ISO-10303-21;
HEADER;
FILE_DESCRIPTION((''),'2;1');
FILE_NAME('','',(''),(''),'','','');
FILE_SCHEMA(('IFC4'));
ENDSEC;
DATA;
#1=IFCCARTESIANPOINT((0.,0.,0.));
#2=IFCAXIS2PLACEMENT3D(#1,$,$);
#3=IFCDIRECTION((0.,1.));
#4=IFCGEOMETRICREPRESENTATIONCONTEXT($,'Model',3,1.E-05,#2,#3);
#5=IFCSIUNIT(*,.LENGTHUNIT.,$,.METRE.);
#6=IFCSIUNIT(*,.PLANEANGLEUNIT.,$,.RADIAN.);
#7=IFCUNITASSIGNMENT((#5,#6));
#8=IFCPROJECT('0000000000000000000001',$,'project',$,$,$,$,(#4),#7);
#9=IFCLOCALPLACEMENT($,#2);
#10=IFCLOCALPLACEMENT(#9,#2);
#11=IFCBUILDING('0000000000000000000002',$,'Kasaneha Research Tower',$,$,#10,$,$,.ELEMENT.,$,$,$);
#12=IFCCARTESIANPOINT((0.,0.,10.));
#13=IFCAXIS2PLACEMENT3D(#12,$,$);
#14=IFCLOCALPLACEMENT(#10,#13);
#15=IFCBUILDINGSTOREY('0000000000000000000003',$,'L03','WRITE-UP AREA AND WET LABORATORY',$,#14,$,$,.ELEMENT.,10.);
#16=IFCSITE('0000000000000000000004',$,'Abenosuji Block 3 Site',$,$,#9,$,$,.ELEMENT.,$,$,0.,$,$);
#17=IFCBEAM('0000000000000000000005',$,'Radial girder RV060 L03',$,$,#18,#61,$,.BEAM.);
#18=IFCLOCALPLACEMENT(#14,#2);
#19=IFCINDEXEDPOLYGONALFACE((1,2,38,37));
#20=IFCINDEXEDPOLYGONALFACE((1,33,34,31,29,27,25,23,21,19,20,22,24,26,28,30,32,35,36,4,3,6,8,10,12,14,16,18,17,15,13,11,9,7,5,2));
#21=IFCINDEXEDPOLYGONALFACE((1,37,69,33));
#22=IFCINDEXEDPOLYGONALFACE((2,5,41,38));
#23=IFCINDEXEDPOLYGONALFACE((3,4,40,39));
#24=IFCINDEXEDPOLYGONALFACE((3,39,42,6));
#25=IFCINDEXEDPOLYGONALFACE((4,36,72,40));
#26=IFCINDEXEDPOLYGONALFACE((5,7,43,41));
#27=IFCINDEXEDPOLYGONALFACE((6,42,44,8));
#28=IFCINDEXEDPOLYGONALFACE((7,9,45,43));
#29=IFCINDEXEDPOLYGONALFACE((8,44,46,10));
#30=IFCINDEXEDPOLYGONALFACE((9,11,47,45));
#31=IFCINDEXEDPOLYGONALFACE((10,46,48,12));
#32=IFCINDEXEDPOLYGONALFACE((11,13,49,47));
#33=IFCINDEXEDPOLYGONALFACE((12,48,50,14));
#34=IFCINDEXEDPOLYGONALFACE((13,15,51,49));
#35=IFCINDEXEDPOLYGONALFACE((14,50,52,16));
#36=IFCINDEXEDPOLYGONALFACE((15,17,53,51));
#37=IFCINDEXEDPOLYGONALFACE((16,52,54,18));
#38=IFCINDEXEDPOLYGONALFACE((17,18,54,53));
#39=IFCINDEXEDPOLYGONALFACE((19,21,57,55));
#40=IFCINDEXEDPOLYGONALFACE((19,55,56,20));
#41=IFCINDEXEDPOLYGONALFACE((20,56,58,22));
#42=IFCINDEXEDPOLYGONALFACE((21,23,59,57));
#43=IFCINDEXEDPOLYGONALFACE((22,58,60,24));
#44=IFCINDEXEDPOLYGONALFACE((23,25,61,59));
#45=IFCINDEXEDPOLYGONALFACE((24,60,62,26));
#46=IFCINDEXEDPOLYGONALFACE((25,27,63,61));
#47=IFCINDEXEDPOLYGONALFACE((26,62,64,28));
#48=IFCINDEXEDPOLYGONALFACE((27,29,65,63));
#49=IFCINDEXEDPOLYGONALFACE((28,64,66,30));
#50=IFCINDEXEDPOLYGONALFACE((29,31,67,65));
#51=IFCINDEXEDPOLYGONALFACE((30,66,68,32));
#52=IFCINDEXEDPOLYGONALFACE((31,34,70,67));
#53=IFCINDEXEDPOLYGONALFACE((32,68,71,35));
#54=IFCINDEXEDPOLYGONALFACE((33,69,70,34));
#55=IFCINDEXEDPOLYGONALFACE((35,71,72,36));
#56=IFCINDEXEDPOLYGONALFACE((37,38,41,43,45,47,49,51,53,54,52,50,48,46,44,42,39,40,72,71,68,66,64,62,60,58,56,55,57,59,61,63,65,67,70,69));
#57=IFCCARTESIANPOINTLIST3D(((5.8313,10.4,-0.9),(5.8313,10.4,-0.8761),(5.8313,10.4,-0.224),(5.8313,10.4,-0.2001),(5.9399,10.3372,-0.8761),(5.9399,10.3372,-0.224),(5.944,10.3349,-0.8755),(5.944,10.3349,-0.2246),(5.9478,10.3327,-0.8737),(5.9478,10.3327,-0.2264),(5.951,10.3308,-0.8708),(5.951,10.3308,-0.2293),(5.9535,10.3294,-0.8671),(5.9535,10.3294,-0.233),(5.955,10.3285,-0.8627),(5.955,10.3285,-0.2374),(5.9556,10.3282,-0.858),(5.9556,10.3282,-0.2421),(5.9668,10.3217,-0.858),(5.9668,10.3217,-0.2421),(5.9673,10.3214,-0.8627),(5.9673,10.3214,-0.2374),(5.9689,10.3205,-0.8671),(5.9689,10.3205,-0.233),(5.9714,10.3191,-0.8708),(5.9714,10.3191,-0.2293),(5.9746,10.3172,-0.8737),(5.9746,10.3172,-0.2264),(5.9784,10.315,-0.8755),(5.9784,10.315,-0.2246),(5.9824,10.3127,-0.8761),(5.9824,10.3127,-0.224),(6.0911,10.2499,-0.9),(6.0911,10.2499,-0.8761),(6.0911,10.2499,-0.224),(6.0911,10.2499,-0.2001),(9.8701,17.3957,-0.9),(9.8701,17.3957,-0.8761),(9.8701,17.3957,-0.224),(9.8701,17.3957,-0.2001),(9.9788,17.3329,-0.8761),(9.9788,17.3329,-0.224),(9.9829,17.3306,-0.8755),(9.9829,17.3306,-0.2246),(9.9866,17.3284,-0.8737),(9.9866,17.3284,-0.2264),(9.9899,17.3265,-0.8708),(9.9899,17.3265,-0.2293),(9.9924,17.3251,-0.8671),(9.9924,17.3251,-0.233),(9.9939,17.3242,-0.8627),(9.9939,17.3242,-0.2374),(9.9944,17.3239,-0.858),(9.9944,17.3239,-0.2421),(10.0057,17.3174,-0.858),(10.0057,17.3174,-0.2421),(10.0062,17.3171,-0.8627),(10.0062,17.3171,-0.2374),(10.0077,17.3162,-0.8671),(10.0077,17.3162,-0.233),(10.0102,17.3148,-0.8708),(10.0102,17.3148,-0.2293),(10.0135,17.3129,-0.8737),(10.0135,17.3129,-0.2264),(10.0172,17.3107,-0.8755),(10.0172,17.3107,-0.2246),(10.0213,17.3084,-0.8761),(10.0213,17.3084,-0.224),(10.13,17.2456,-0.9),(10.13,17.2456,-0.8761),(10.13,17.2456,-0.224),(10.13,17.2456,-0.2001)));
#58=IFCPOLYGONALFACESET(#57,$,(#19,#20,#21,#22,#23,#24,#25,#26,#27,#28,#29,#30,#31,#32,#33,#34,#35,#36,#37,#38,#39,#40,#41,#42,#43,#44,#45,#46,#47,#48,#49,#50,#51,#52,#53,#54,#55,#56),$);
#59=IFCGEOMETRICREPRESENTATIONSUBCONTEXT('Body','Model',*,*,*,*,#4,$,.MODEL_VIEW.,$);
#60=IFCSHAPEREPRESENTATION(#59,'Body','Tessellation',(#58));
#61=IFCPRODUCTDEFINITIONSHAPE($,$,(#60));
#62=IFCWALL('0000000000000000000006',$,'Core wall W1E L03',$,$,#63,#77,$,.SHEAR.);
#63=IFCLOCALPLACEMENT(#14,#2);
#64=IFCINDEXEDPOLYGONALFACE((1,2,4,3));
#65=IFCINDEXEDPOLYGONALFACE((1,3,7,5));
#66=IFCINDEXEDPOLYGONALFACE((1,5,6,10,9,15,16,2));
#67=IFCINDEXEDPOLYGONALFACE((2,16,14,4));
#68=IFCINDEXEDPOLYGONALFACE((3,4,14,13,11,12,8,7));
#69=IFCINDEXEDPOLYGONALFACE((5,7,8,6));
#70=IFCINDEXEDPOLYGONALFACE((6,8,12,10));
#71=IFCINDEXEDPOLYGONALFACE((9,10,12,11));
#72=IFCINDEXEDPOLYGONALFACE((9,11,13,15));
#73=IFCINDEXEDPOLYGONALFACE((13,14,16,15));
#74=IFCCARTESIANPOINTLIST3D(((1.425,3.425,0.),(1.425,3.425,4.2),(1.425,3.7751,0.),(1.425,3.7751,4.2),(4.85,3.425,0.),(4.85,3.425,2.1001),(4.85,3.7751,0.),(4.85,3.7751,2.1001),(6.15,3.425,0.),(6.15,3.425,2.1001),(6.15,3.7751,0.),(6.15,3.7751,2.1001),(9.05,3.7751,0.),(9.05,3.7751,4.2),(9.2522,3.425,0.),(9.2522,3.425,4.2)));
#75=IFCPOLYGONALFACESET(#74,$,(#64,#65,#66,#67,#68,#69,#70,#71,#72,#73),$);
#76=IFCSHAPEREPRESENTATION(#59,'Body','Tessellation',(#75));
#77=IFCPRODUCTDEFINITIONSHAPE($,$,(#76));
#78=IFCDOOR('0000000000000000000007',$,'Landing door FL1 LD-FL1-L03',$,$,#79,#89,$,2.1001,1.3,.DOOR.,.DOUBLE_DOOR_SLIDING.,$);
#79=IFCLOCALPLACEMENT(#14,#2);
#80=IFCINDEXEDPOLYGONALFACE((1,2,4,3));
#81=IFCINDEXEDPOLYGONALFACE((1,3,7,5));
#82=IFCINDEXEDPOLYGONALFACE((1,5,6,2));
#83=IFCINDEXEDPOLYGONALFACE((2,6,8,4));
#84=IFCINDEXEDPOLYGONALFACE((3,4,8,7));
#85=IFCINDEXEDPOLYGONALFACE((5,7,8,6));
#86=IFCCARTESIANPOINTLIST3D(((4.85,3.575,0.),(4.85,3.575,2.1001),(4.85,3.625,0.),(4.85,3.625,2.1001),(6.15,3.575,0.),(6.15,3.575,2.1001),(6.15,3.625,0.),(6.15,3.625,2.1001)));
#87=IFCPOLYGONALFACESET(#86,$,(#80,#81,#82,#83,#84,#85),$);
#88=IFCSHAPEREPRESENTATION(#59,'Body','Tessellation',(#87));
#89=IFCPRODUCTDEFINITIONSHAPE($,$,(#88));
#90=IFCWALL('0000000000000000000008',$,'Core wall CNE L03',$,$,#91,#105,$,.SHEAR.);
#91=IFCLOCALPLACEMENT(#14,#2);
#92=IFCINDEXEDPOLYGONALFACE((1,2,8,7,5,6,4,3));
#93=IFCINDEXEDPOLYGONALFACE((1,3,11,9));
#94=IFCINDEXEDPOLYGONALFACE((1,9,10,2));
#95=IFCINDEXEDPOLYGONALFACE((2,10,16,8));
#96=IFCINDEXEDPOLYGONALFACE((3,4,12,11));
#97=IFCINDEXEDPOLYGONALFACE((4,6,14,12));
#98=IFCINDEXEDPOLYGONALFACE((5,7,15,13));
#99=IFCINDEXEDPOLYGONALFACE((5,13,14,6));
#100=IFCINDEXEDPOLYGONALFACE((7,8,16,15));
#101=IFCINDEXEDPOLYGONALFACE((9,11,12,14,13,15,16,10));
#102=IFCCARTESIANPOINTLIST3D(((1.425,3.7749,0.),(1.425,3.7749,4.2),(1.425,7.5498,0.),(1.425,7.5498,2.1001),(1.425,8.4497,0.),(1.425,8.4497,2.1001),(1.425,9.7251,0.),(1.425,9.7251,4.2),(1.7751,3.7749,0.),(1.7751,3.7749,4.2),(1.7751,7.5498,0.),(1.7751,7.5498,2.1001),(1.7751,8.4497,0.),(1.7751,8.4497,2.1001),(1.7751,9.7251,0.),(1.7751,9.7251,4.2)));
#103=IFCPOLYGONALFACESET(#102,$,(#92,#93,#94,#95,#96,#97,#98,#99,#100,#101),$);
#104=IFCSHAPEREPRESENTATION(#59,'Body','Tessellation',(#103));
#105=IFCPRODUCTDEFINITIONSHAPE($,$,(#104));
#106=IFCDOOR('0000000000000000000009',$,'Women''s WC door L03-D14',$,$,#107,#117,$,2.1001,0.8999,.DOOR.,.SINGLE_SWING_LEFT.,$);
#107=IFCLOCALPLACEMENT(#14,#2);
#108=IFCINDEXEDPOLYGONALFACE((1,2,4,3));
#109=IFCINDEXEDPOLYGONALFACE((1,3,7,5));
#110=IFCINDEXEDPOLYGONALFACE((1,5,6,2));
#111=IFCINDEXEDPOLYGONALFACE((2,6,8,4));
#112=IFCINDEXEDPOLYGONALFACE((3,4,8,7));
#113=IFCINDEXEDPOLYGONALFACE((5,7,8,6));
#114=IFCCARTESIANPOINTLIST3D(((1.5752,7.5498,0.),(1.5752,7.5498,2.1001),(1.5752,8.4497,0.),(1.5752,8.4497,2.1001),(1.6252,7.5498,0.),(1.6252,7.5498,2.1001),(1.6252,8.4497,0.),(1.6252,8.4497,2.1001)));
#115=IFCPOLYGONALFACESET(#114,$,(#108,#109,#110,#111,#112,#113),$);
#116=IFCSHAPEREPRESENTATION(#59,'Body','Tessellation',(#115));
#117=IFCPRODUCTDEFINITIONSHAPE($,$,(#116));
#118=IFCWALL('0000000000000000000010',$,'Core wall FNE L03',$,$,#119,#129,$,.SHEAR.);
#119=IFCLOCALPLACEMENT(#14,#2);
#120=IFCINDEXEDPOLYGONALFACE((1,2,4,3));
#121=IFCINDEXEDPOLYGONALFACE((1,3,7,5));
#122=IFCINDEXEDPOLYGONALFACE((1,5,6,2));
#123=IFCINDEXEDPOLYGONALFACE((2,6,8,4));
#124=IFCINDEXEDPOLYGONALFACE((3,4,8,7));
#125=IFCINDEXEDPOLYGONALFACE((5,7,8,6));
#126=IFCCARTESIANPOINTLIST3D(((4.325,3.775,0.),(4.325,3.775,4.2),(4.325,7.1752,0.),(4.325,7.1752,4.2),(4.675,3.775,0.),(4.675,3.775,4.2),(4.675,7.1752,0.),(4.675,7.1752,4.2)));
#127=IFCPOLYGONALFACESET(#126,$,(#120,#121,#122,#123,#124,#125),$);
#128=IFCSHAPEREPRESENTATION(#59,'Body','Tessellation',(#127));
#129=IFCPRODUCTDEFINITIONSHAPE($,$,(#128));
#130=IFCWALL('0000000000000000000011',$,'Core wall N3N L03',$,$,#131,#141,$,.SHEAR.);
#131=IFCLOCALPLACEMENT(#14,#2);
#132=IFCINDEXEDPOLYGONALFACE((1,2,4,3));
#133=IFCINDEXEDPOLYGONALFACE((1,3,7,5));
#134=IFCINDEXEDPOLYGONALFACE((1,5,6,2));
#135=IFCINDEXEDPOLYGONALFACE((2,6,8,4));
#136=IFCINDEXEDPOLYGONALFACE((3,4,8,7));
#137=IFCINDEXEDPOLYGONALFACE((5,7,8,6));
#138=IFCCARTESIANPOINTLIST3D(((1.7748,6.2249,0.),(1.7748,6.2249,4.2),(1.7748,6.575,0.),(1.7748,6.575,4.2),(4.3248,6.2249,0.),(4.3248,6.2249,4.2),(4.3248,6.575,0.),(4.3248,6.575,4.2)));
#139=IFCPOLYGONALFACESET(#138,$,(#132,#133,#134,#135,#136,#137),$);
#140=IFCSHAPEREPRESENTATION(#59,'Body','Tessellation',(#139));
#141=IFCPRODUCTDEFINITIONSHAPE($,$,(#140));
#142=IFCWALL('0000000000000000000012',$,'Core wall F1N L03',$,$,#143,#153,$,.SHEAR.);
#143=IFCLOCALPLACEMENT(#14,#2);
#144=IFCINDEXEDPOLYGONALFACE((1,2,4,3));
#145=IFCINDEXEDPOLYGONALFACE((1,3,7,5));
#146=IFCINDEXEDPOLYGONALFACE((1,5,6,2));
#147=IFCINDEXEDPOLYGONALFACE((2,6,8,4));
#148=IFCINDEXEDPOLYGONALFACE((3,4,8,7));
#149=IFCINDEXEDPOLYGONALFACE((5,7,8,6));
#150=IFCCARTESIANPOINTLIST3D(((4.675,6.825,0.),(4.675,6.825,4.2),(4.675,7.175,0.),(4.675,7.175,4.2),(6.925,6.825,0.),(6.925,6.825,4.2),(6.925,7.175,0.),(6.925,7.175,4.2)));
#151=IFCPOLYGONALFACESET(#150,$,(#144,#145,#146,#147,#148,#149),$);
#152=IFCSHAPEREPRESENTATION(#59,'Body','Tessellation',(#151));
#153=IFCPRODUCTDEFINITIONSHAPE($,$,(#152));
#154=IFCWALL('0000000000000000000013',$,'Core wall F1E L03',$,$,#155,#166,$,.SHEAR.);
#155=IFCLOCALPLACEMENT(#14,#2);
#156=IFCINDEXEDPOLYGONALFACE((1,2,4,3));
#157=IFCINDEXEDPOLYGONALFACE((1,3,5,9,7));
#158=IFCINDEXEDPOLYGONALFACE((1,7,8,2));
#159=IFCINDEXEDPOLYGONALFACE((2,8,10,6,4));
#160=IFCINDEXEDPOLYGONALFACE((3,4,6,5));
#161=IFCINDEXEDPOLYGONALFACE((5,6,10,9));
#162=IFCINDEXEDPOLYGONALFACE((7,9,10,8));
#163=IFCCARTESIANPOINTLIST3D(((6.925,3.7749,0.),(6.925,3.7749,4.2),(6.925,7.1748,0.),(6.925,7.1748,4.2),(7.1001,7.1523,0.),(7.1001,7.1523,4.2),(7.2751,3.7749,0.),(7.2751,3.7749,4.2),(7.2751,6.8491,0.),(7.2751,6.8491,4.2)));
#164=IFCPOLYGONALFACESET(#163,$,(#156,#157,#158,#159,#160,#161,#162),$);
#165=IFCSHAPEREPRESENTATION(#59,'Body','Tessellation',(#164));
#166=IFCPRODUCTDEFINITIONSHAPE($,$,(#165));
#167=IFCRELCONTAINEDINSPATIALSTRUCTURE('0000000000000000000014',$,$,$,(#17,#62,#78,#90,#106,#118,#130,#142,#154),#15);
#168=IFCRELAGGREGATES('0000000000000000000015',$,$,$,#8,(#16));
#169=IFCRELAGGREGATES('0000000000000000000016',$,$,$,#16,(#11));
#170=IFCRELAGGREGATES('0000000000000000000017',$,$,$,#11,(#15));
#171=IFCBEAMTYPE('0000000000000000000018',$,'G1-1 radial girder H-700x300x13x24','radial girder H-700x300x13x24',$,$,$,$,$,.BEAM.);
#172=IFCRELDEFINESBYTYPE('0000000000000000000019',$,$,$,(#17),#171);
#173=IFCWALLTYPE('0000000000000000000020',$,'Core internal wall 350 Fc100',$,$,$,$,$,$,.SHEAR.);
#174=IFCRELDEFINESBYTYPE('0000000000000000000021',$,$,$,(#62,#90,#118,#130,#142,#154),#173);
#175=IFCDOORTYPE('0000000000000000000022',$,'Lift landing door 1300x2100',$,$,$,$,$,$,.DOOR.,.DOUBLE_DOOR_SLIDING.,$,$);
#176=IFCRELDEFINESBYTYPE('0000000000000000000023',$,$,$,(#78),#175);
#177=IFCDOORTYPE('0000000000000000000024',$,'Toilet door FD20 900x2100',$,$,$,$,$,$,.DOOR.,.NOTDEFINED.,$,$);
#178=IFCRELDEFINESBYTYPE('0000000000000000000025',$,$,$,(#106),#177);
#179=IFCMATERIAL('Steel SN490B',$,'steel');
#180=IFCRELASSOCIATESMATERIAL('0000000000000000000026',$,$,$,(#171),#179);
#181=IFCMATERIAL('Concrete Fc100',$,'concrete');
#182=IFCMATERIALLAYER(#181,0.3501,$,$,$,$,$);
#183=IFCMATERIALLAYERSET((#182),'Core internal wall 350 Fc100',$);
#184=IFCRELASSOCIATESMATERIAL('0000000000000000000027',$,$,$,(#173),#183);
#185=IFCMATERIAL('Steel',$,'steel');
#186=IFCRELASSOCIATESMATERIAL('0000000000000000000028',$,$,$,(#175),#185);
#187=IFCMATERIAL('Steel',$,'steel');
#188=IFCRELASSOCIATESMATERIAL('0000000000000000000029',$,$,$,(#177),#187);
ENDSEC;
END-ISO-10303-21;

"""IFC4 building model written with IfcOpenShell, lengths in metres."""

from ifc_helpers import new_model, si_unit, direction, frame, frame_2d, origin, origin_2d, place, context, subcontext, project, spatial, polyline, rectangle, i_section, outline, extrude, material, layer, layer_set, material_profile, profile_set, type_object, element, fill, save


model = new_model("IFC4")

# Units and contexts
model_context = context("Model", 3, precision=1e-05, world=origin(), true_north=direction((0.0, 1.0)))
body_context = subcontext(model_context, "Body", "Model", "MODEL_VIEW")
ifc_project = project(units=[si_unit("LENGTHUNIT", "METRE"), si_unit("PLANEANGLEUNIT", "RADIAN")], contexts=[model_context])

# Site, building, storey
site_placement = place(None, origin())
site = spatial("IfcSite", under=ifc_project, at=site_placement, Name="Abenosuji Block 3 Site", CompositionType="ELEMENT", RefElevation=0.0)
building_placement = place(site_placement, origin())
building = spatial("IfcBuilding", under=site, at=building_placement, Name="Kasaneha Research Tower", CompositionType="ELEMENT")
storey_placement = place(building_placement, frame((0.0, 0.0, 10.0)))
storey = spatial("IfcBuildingStorey", under=building, at=storey_placement, Name="L03", Description="WRITE-UP AREA AND WET LABORATORY", CompositionType="ELEMENT", Elevation=10.0)

# Beam
ifc_material_1 = material(Name="Steel SN490B", Category="steel")
ifc_material_profile = material_profile(ifc_material_1, i_section(OverallWidth=0.3, OverallDepth=0.7, WebThickness=0.0129, FlangeThickness=0.0239, FilletRadius=0.0181, at=origin_2d()), Name="H-700x300x13x24")
ifc_profile_set = profile_set([ifc_material_profile], Name="Steel SN490B")
beam_type = type_object("IfcBeamType", Name="G1-1 radial girder H-700x300x13x24", Description="radial girder H-700x300x13x24", PredefinedType="BEAM", material=ifc_profile_set)
beam_placement = place(storey_placement, frame((5.9612, 10.325, -0.55), z_axis=(0.499991, 0.866031, 0.0), x_axis=(-0.866031, 0.499991, 0.0)))
element("IfcBeam", 1, at=beam_placement, inside=storey, type_object=beam_type, Name="Radial girder RV060 L03", PredefinedType="BEAM", context=body_context, shape_type="SweptSolid", body=[
    extrude(i_section(OverallWidth=0.3, OverallDepth=0.7, WebThickness=0.0129, FlangeThickness=0.0239, FilletRadius=0.0181, at=origin_2d()), origin(), (0.0, 0.0, 1.0), 8.0779),
])

# Walls, openings, doors
ifc_material_2 = material(Name="Concrete Fc100", Category="concrete")
ifc_layer_1 = layer(ifc_material_2, 0.3501)
ifc_layer_set_1 = layer_set([ifc_layer_1], Name="Core internal wall 350 Fc100")
wall_type_1 = type_object("IfcWallType", Name="Core internal wall 350 Fc100", PredefinedType="SHEAR", material=ifc_layer_set_1)
wall_1_placement = place(storey_placement, frame((1.425, 3.6001, 0.0), z_axis=(0.0, 0.0, 1.0), x_axis=(1.0, 0.0, 0.0)))
wall_1 = element("IfcWall", 2, at=wall_1_placement, inside=storey, type_object=wall_type_1, Name="Core wall W1E L03", PredefinedType="SHEAR", context=body_context, shape_type="SweptSolid", body=[
    extrude(outline(polyline([(0.0, -0.175), (3.425, -0.175), (4.7251, -0.175), (7.8271, -0.175), (7.625, 0.175), (4.7251, 0.175), (3.425, 0.175), (0.0, 0.175), (0.0, -0.175)])), origin(), (0.0, 0.0, 1.0), 4.2),
])
opening_1_placement = place(wall_1_placement, frame((3.425, 0.0, 0.0)))
opening_1 = element("IfcOpeningElement", 3, at=opening_1_placement, cuts=wall_1, PredefinedType="OPENING", context=body_context, shape_type="SweptSolid", body=[
    extrude(rectangle(XDim=1.3, YDim=2.1001, at=frame_2d((0.6499, 1.05))), frame((0.0, 0.1851, 0.0), z_axis=(0.0, -1.0, 0.0), x_axis=(1.0, 0.0, 0.0)), (0.0, 0.0, 1.0), 0.3701),
])
ifc_material_3 = material(Name="Steel", Category="steel")
door_type_1 = type_object("IfcDoorType", Name="Lift landing door 1300x2100", OperationType="DOUBLE_DOOR_SLIDING", PredefinedType="DOOR", material=ifc_material_3)
door_1_placement = place(opening_1_placement, origin())
door_1 = element("IfcDoor", 4, at=door_1_placement, inside=storey, type_object=door_type_1, Name="Landing door FL1 LD-FL1-L03", OperationType="DOUBLE_DOOR_SLIDING", OverallHeight=2.1001, OverallWidth=1.3, PredefinedType="DOOR", context=body_context, shape_type="SweptSolid", body=[
    extrude(rectangle(XDim=1.3, YDim=2.1001, at=frame_2d((0.6499, 1.05))), frame((0.0, 0.0249, 0.0), z_axis=(0.0, -1.0, 0.0), x_axis=(1.0, 0.0, 0.0)), (0.0, 0.0, 1.0), 0.05),
])
fill(opening_1, door_1)
wall_2_placement = place(storey_placement, frame((1.6001, 3.7749, 0.0), z_axis=(0.0, 0.0, 1.0), x_axis=(0.0, 1.0, 0.0)))
wall_2 = element("IfcWall", 5, at=wall_2_placement, inside=storey, type_object=wall_type_1, Name="Core wall CNE L03", PredefinedType="SHEAR", context=body_context, shape_type="SweptSolid", body=[
    extrude(rectangle(XDim=5.9502, YDim=0.3501, at=frame_2d((2.9751, 0.0))), origin(), (0.0, 0.0, 1.0), 4.2),
])
opening_2_placement = place(wall_2_placement, frame((3.7749, 0.0, 0.0)))
opening_2 = element("IfcOpeningElement", 6, at=opening_2_placement, cuts=wall_2, PredefinedType="OPENING", context=body_context, shape_type="SweptSolid", body=[
    extrude(rectangle(XDim=0.8999, YDim=2.1001, at=frame_2d((0.45, 1.05))), frame((0.0, 0.1851, 0.0), z_axis=(0.0, -1.0, 0.0), x_axis=(1.0, 0.0, 0.0)), (0.0, 0.0, 1.0), 0.3701),
])
ifc_material_4 = material(Name="Steel", Category="steel")
door_type_2 = type_object("IfcDoorType", Name="Toilet door FD20 900x2100", OperationType="NOTDEFINED", PredefinedType="DOOR", material=ifc_material_4)
door_2_placement = place(opening_2_placement, origin())
door_2 = element("IfcDoor", 7, at=door_2_placement, inside=storey, type_object=door_type_2, Name="Women's WC door L03-D14", OperationType="SINGLE_SWING_LEFT", OverallHeight=2.1001, OverallWidth=0.8999, PredefinedType="DOOR", context=body_context, shape_type="SweptSolid", body=[
    extrude(rectangle(XDim=0.8999, YDim=2.1001, at=frame_2d((0.45, 1.05))), frame((0.0, 0.0249, 0.0), z_axis=(0.0, -1.0, 0.0), x_axis=(1.0, 0.0, 0.0)), (0.0, 0.0, 1.0), 0.05),
])
fill(opening_2, door_2)

# Walls
wall_3_placement = place(storey_placement, frame((4.5, 3.7749, 0.0), z_axis=(0.0, 0.0, 1.0), x_axis=(0.0, 1.0, 0.0)))
element("IfcWall", 8, at=wall_3_placement, inside=storey, type_object=wall_type_1, Name="Core wall FNE L03", PredefinedType="SHEAR", context=body_context, shape_type="SweptSolid", body=[
    extrude(rectangle(XDim=3.4001, YDim=0.3501, at=frame_2d((1.7002, 0.0))), origin(), (0.0, 0.0, 1.0), 4.2),
])
wall_4_placement = place(storey_placement, frame((1.7749, 6.3999, 0.0), z_axis=(0.0, 0.0, 1.0), x_axis=(1.0, 0.0, 0.0)))
element("IfcWall", 9, at=wall_4_placement, inside=storey, type_object=wall_type_1, Name="Core wall N3N L03", PredefinedType="SHEAR", context=body_context, shape_type="SweptSolid", body=[
    extrude(rectangle(XDim=2.55, YDim=0.3501, at=frame_2d((1.2749, 0.0))), origin(), (0.0, 0.0, 1.0), 4.2),
])
wall_5_placement = place(storey_placement, frame((4.675, 7.0, 0.0), z_axis=(0.0, 0.0, 1.0), x_axis=(1.0, 0.0, 0.0)))
element("IfcWall", 10, at=wall_5_placement, inside=storey, type_object=wall_type_1, Name="Core wall F1N L03", PredefinedType="SHEAR", context=body_context, shape_type="SweptSolid", body=[
    extrude(rectangle(XDim=2.25, YDim=0.3501, at=frame_2d((1.125, 0.0))), origin(), (0.0, 0.0, 1.0), 4.2),
])
wall_6_placement = place(storey_placement, frame((7.1001, 3.7749, 0.0), z_axis=(0.0, 0.0, 1.0), x_axis=(0.0, 1.0, 0.0)))
element("IfcWall", 11, at=wall_6_placement, inside=storey, type_object=wall_type_1, Name="Core wall F1E L03", PredefinedType="SHEAR", context=body_context, shape_type="SweptSolid", body=[
    extrude(outline(polyline([(0.0, -0.175), (3.0742, -0.175), (3.3774, 0.0), (3.3999, 0.175), (0.0, 0.175), (0.0, -0.175)])), origin(), (0.0, 0.0, 1.0), 4.2),
])

save(model, "model.ifc")
